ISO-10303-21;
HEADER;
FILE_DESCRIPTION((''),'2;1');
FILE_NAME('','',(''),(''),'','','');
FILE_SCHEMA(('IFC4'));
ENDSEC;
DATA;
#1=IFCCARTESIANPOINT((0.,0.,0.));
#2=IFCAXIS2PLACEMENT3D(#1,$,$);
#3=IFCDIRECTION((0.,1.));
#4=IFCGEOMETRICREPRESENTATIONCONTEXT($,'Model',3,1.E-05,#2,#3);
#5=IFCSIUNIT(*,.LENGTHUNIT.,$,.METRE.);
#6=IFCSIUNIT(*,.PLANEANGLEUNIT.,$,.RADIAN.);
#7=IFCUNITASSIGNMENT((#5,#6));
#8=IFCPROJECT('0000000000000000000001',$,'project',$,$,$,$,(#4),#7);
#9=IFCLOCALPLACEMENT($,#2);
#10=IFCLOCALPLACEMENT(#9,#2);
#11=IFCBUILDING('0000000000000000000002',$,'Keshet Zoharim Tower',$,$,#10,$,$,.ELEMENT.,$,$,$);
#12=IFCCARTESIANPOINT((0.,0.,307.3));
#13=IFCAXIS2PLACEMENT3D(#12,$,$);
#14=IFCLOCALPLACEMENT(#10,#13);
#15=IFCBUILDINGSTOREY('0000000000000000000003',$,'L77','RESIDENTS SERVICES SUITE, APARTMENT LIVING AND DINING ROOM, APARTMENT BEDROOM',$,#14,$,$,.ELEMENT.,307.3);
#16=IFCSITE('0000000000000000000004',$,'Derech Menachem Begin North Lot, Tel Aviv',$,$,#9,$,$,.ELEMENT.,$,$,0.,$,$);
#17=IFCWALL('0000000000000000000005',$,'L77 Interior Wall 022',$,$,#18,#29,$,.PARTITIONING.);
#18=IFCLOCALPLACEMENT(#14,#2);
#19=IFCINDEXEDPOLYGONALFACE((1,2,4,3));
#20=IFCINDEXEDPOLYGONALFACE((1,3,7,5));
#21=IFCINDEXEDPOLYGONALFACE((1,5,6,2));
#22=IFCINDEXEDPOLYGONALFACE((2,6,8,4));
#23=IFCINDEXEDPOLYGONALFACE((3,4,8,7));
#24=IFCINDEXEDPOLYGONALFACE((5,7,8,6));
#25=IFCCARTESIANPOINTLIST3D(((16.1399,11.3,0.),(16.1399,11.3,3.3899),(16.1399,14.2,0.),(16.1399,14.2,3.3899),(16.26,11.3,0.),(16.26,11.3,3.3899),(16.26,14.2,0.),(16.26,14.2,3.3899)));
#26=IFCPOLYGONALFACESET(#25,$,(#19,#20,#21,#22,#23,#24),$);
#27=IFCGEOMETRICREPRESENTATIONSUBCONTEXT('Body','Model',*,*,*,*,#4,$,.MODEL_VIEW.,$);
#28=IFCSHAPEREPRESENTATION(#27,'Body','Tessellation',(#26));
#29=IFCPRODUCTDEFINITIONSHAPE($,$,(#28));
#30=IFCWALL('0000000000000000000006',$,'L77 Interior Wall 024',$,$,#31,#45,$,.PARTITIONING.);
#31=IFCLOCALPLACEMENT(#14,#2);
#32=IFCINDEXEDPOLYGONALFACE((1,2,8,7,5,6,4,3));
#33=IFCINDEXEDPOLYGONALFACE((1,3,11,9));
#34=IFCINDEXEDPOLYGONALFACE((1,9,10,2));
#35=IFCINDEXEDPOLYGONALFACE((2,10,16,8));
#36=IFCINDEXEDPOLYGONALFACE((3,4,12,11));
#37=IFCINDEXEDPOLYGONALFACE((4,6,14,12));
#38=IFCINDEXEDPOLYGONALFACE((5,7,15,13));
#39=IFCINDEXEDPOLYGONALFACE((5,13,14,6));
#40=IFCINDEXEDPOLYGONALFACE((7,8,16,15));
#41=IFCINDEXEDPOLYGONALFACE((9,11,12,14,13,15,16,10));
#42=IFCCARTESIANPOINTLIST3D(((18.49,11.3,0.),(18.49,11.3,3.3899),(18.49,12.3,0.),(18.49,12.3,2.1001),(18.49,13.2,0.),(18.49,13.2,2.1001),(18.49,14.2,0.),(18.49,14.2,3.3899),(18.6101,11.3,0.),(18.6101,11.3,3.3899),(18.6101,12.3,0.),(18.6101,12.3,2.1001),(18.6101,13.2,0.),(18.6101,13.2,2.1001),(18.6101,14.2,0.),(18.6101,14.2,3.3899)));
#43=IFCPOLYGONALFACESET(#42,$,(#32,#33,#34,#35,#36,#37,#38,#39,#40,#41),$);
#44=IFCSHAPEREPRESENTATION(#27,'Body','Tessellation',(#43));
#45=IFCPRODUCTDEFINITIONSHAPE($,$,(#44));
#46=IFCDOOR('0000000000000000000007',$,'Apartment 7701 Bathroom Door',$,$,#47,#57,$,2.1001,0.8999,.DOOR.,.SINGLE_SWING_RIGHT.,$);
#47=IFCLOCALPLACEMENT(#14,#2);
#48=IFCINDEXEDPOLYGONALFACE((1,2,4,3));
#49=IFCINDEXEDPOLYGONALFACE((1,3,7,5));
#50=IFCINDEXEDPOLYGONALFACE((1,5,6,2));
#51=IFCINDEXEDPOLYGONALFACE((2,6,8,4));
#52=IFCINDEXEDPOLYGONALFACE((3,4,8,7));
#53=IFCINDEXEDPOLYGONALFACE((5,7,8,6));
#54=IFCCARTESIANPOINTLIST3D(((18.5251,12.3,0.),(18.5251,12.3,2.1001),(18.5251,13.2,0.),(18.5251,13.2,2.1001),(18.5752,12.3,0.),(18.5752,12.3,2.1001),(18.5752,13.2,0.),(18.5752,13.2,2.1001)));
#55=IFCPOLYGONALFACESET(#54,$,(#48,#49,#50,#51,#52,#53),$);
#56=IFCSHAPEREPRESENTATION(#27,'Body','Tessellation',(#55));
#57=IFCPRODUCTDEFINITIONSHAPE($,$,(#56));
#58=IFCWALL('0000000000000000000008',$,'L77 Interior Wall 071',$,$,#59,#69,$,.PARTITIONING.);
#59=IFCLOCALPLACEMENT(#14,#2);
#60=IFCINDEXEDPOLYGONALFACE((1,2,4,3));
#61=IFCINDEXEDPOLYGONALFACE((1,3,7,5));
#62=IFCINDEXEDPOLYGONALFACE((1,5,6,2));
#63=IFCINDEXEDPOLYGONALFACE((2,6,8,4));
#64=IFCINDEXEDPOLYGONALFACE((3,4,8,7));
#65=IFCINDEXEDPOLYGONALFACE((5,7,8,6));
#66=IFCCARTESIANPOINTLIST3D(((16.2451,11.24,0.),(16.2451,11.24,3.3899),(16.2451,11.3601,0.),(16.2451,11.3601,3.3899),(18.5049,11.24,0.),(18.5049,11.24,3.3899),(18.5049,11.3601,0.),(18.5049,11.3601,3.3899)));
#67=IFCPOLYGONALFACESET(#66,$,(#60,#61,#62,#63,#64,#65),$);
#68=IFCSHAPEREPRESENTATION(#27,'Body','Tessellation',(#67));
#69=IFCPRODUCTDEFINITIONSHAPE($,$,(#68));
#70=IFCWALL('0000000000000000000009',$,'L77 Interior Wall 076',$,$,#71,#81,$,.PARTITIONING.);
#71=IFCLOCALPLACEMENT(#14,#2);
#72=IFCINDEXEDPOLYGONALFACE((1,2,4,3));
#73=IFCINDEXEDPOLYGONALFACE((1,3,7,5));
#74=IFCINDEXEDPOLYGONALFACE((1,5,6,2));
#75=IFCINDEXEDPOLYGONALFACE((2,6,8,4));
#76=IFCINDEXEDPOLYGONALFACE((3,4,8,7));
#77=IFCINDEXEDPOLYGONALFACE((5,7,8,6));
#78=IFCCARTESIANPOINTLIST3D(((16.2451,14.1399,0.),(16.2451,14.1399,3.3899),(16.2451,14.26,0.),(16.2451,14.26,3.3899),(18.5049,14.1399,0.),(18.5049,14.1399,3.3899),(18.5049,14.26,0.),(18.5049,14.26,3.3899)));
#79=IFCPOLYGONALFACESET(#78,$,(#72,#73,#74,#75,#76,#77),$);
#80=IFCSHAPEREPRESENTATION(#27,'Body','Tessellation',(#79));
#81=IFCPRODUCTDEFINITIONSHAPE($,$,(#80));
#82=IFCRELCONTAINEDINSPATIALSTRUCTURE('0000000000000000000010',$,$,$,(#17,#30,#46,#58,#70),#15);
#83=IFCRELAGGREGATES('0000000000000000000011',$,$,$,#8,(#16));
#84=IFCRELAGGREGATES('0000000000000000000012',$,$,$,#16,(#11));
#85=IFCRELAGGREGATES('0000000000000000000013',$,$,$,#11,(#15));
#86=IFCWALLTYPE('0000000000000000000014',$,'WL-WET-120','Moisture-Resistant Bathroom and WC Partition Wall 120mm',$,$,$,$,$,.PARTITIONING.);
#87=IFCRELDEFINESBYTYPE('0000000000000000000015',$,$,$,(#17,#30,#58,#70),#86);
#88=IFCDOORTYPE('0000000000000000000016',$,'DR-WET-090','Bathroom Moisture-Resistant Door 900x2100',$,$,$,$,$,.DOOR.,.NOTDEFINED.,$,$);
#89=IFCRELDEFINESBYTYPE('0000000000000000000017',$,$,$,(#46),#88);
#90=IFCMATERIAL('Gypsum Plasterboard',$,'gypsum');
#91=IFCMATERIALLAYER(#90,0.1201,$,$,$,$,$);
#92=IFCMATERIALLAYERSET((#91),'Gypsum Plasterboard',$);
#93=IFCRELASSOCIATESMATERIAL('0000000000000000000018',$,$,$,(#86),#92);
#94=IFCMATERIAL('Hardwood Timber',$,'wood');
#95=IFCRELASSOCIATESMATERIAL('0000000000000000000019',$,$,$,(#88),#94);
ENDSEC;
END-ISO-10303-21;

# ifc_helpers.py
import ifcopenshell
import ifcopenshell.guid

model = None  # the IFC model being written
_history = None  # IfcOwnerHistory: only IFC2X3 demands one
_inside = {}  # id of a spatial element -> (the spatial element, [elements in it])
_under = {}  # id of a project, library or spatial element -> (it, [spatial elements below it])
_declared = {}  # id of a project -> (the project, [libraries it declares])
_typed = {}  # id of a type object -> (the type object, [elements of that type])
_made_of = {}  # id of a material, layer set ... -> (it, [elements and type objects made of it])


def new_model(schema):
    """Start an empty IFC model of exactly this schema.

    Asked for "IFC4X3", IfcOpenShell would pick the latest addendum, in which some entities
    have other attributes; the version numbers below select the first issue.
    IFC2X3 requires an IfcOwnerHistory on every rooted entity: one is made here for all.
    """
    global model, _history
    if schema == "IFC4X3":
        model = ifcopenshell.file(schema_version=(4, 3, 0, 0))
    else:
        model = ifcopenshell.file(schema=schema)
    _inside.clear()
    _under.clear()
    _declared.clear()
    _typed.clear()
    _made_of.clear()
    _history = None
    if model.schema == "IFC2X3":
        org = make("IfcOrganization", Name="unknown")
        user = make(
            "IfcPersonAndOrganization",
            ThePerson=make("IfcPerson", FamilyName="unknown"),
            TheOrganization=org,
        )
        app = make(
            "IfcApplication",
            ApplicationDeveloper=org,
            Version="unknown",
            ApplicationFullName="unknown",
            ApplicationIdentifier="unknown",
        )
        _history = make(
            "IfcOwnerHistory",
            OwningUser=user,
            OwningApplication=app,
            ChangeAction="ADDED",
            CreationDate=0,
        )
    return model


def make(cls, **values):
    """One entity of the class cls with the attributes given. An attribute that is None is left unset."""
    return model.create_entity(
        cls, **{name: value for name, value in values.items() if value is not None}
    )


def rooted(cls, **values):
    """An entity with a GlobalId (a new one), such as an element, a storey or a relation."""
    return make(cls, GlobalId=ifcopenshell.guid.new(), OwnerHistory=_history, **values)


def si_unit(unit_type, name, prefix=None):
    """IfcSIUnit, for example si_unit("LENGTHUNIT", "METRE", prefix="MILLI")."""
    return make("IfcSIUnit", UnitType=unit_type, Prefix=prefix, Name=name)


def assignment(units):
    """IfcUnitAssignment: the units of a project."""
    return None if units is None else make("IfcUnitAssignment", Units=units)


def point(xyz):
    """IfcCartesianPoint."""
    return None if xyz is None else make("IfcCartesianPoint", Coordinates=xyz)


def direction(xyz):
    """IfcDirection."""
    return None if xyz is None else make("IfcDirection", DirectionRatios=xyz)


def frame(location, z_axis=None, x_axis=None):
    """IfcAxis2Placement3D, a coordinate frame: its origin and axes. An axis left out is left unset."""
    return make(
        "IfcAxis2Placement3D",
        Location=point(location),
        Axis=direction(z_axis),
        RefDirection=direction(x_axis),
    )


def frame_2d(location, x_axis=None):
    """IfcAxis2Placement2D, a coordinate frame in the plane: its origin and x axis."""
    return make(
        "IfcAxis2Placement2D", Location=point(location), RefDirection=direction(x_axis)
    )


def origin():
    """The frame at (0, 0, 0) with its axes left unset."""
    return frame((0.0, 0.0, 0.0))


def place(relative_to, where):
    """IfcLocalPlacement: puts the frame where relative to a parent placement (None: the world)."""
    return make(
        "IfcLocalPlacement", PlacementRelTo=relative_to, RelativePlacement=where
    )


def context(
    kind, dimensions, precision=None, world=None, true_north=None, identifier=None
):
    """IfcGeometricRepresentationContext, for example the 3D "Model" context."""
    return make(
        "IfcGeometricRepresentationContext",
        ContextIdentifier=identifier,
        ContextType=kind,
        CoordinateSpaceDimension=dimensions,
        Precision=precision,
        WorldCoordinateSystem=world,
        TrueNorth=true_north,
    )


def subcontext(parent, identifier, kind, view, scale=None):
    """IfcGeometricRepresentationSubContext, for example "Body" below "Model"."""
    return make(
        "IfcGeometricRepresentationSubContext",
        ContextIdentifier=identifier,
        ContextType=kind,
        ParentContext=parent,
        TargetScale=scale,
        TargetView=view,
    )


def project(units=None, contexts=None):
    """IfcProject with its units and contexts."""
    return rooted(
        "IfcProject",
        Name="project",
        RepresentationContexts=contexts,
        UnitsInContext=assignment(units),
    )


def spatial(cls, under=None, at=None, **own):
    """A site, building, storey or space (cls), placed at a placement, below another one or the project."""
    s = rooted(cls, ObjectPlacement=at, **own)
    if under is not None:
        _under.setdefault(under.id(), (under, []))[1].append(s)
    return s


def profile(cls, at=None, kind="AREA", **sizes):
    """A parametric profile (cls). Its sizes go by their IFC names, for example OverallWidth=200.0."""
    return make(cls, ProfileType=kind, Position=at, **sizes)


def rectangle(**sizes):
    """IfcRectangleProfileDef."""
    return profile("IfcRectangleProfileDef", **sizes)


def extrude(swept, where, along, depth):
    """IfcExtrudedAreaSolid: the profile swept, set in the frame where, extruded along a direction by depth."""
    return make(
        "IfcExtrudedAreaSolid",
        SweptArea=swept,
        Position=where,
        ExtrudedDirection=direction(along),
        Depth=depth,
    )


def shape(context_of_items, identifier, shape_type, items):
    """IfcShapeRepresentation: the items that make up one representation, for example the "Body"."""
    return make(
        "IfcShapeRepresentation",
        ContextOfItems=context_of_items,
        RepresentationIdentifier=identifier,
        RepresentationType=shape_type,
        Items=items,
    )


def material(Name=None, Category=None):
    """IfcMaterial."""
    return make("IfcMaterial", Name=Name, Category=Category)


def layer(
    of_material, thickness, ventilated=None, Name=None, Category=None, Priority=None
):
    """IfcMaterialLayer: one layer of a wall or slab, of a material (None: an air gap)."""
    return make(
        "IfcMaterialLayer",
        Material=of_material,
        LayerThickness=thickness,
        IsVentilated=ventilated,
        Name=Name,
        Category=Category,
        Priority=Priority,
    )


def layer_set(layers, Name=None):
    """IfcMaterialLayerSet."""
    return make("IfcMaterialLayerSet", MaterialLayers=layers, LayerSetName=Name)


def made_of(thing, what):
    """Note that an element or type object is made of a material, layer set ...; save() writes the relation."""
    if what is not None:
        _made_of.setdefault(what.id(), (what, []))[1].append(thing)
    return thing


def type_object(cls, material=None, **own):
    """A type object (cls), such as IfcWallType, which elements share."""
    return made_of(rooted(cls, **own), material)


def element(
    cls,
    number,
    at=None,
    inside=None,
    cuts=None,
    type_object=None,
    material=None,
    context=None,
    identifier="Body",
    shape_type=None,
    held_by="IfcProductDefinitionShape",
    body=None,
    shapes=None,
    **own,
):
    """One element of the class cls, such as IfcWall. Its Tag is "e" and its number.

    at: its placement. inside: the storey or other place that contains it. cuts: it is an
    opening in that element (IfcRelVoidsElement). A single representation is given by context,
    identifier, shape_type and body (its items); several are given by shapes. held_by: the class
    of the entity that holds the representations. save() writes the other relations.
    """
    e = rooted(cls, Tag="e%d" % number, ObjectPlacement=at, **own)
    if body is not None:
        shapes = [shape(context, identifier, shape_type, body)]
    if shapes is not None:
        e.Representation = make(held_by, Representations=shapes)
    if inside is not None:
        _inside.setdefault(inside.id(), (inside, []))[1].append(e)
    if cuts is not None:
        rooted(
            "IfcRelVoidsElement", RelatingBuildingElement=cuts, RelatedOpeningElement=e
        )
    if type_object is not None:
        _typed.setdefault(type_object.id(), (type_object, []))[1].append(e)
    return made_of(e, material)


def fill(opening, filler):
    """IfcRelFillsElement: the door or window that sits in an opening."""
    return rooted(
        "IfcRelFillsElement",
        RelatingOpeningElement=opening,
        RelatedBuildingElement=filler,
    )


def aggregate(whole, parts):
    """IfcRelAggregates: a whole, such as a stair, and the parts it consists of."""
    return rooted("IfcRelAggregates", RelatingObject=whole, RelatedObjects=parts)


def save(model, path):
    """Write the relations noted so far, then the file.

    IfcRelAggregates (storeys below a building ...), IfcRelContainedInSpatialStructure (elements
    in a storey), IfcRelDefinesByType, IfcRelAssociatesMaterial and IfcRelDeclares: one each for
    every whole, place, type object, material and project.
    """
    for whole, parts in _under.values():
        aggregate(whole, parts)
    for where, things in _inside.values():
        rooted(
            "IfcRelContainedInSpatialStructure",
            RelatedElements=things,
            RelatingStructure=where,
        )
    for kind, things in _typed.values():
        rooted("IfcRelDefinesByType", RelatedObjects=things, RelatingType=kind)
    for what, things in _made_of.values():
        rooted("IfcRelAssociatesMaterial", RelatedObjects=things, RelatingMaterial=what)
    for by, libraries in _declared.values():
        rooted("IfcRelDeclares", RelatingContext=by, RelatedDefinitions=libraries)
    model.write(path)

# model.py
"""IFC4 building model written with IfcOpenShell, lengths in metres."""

from ifc_helpers import new_model, si_unit, direction, frame, frame_2d, origin, place, context, subcontext, project, spatial, rectangle, extrude, material, layer, layer_set, type_object, element, fill, save


model = new_model("IFC4")

# Units and contexts
model_context = context("Model", 3, precision=1e-05, world=origin(), true_north=direction((0.0, 1.0)))
body_context = subcontext(model_context, "Body", "Model", "MODEL_VIEW")
ifc_project = project(units=[si_unit("LENGTHUNIT", "METRE"), si_unit("PLANEANGLEUNIT", "RADIAN")], contexts=[model_context])

# Site, building, storey
site_placement = place(None, origin())
site = spatial("IfcSite", under=ifc_project, at=site_placement, Name="Derech Menachem Begin North Lot, Tel Aviv", CompositionType="ELEMENT", RefElevation=0.0)
building_placement = place(site_placement, origin())
building = spatial("IfcBuilding", under=site, at=building_placement, Name="Keshet Zoharim Tower", CompositionType="ELEMENT")
storey_placement = place(building_placement, frame((0.0, 0.0, 307.3)))
storey = spatial("IfcBuildingStorey", under=building, at=storey_placement, Name="L77", Description="RESIDENTS SERVICES SUITE, APARTMENT LIVING AND DINING ROOM, APARTMENT BEDROOM", CompositionType="ELEMENT", Elevation=307.3)

# Shared definitions
ifc_material_1 = material(Name="Gypsum Plasterboard", Category="gypsum")
ifc_material_2 = material(Name="Hardwood Timber", Category="wood")

# Wall
ifc_layer_1 = layer(ifc_material_1, 0.1201)
ifc_layer_set_1 = layer_set([ifc_layer_1], Name="Gypsum Plasterboard")
wall_type_1 = type_object("IfcWallType", Name="WL-WET-120", Description="Moisture-Resistant Bathroom and WC Partition Wall 120mm", PredefinedType="PARTITIONING", material=ifc_layer_set_1)
wall_1_placement = place(storey_placement, frame((16.2, 11.3, 0.0), z_axis=(0.0, 0.0, 1.0), x_axis=(0.0, 1.0, 0.0)))
element("IfcWall", 1, at=wall_1_placement, inside=storey, type_object=wall_type_1, Name="L77 Interior Wall 022", PredefinedType="PARTITIONING", context=body_context, shape_type="SweptSolid", body=[
    extrude(rectangle(XDim=2.8999, YDim=0.1201, at=frame_2d((1.45, 0.0))), origin(), (0.0, 0.0, 1.0), 3.3899),
])

# Wall, opening, door
wall_2_placement = place(storey_placement, frame((18.55, 11.3, 0.0), z_axis=(0.0, 0.0, 1.0), x_axis=(0.0, 1.0, 0.0)))
wall_2 = element("IfcWall", 2, at=wall_2_placement, inside=storey, type_object=wall_type_1, Name="L77 Interior Wall 024", PredefinedType="PARTITIONING", context=body_context, shape_type="SweptSolid", body=[
    extrude(rectangle(XDim=2.8999, YDim=0.1201, at=frame_2d((1.45, 0.0))), origin(), (0.0, 0.0, 1.0), 3.3899),
])
opening_1_placement = place(wall_2_placement, frame((1.0, 0.0, 0.0)))
opening_1 = element("IfcOpeningElement", 3, at=opening_1_placement, cuts=wall_2, PredefinedType="OPENING", context=body_context, shape_type="SweptSolid", body=[
    extrude(rectangle(XDim=0.8999, YDim=2.1001, at=frame_2d((0.45, 1.05))), frame((0.0, 0.0701, 0.0), z_axis=(0.0, -1.0, 0.0), x_axis=(1.0, 0.0, 0.0)), (0.0, 0.0, 1.0), 0.1401),
])
door_type_1 = type_object("IfcDoorType", Name="DR-WET-090", Description="Bathroom Moisture-Resistant Door 900x2100", OperationType="NOTDEFINED", PredefinedType="DOOR", material=ifc_material_2)
door_1_placement = place(opening_1_placement, origin())
door_1 = element("IfcDoor", 4, at=door_1_placement, inside=storey, type_object=door_type_1, Name="Apartment 7701 Bathroom Door", OperationType="SINGLE_SWING_RIGHT", OverallHeight=2.1001, OverallWidth=0.8999, PredefinedType="DOOR", context=body_context, shape_type="SweptSolid", body=[
    extrude(rectangle(XDim=0.8999, YDim=2.1001, at=frame_2d((0.45, 1.05))), frame((0.0, 0.0249, 0.0), z_axis=(0.0, -1.0, 0.0), x_axis=(1.0, 0.0, 0.0)), (0.0, 0.0, 1.0), 0.05),
])
fill(opening_1, door_1)

# Walls
for number, where, z_axis, x_axis, name in (
    (5, (16.2451, 11.3, 0.0), (0.0, 0.0, 1.0), (1.0, 0.0, 0.0), "L77 Interior Wall 071"),
    (6, (16.2451, 14.2, 0.0), (0.0, 0.0, 1.0), (1.0, 0.0, 0.0), "L77 Interior Wall 076"),
):
    element("IfcWall", number, at=place(storey_placement, frame(where, z_axis=z_axis, x_axis=x_axis)), inside=storey, type_object=wall_type_1, Name=name, PredefinedType="PARTITIONING", context=body_context, shape_type="SweptSolid", body=[
        extrude(rectangle(XDim=2.2598, YDim=0.1201, at=frame_2d((1.1299, 0.0))), origin(), (0.0, 0.0, 1.0), 3.3899),
    ])

save(model, "model.ifc")
